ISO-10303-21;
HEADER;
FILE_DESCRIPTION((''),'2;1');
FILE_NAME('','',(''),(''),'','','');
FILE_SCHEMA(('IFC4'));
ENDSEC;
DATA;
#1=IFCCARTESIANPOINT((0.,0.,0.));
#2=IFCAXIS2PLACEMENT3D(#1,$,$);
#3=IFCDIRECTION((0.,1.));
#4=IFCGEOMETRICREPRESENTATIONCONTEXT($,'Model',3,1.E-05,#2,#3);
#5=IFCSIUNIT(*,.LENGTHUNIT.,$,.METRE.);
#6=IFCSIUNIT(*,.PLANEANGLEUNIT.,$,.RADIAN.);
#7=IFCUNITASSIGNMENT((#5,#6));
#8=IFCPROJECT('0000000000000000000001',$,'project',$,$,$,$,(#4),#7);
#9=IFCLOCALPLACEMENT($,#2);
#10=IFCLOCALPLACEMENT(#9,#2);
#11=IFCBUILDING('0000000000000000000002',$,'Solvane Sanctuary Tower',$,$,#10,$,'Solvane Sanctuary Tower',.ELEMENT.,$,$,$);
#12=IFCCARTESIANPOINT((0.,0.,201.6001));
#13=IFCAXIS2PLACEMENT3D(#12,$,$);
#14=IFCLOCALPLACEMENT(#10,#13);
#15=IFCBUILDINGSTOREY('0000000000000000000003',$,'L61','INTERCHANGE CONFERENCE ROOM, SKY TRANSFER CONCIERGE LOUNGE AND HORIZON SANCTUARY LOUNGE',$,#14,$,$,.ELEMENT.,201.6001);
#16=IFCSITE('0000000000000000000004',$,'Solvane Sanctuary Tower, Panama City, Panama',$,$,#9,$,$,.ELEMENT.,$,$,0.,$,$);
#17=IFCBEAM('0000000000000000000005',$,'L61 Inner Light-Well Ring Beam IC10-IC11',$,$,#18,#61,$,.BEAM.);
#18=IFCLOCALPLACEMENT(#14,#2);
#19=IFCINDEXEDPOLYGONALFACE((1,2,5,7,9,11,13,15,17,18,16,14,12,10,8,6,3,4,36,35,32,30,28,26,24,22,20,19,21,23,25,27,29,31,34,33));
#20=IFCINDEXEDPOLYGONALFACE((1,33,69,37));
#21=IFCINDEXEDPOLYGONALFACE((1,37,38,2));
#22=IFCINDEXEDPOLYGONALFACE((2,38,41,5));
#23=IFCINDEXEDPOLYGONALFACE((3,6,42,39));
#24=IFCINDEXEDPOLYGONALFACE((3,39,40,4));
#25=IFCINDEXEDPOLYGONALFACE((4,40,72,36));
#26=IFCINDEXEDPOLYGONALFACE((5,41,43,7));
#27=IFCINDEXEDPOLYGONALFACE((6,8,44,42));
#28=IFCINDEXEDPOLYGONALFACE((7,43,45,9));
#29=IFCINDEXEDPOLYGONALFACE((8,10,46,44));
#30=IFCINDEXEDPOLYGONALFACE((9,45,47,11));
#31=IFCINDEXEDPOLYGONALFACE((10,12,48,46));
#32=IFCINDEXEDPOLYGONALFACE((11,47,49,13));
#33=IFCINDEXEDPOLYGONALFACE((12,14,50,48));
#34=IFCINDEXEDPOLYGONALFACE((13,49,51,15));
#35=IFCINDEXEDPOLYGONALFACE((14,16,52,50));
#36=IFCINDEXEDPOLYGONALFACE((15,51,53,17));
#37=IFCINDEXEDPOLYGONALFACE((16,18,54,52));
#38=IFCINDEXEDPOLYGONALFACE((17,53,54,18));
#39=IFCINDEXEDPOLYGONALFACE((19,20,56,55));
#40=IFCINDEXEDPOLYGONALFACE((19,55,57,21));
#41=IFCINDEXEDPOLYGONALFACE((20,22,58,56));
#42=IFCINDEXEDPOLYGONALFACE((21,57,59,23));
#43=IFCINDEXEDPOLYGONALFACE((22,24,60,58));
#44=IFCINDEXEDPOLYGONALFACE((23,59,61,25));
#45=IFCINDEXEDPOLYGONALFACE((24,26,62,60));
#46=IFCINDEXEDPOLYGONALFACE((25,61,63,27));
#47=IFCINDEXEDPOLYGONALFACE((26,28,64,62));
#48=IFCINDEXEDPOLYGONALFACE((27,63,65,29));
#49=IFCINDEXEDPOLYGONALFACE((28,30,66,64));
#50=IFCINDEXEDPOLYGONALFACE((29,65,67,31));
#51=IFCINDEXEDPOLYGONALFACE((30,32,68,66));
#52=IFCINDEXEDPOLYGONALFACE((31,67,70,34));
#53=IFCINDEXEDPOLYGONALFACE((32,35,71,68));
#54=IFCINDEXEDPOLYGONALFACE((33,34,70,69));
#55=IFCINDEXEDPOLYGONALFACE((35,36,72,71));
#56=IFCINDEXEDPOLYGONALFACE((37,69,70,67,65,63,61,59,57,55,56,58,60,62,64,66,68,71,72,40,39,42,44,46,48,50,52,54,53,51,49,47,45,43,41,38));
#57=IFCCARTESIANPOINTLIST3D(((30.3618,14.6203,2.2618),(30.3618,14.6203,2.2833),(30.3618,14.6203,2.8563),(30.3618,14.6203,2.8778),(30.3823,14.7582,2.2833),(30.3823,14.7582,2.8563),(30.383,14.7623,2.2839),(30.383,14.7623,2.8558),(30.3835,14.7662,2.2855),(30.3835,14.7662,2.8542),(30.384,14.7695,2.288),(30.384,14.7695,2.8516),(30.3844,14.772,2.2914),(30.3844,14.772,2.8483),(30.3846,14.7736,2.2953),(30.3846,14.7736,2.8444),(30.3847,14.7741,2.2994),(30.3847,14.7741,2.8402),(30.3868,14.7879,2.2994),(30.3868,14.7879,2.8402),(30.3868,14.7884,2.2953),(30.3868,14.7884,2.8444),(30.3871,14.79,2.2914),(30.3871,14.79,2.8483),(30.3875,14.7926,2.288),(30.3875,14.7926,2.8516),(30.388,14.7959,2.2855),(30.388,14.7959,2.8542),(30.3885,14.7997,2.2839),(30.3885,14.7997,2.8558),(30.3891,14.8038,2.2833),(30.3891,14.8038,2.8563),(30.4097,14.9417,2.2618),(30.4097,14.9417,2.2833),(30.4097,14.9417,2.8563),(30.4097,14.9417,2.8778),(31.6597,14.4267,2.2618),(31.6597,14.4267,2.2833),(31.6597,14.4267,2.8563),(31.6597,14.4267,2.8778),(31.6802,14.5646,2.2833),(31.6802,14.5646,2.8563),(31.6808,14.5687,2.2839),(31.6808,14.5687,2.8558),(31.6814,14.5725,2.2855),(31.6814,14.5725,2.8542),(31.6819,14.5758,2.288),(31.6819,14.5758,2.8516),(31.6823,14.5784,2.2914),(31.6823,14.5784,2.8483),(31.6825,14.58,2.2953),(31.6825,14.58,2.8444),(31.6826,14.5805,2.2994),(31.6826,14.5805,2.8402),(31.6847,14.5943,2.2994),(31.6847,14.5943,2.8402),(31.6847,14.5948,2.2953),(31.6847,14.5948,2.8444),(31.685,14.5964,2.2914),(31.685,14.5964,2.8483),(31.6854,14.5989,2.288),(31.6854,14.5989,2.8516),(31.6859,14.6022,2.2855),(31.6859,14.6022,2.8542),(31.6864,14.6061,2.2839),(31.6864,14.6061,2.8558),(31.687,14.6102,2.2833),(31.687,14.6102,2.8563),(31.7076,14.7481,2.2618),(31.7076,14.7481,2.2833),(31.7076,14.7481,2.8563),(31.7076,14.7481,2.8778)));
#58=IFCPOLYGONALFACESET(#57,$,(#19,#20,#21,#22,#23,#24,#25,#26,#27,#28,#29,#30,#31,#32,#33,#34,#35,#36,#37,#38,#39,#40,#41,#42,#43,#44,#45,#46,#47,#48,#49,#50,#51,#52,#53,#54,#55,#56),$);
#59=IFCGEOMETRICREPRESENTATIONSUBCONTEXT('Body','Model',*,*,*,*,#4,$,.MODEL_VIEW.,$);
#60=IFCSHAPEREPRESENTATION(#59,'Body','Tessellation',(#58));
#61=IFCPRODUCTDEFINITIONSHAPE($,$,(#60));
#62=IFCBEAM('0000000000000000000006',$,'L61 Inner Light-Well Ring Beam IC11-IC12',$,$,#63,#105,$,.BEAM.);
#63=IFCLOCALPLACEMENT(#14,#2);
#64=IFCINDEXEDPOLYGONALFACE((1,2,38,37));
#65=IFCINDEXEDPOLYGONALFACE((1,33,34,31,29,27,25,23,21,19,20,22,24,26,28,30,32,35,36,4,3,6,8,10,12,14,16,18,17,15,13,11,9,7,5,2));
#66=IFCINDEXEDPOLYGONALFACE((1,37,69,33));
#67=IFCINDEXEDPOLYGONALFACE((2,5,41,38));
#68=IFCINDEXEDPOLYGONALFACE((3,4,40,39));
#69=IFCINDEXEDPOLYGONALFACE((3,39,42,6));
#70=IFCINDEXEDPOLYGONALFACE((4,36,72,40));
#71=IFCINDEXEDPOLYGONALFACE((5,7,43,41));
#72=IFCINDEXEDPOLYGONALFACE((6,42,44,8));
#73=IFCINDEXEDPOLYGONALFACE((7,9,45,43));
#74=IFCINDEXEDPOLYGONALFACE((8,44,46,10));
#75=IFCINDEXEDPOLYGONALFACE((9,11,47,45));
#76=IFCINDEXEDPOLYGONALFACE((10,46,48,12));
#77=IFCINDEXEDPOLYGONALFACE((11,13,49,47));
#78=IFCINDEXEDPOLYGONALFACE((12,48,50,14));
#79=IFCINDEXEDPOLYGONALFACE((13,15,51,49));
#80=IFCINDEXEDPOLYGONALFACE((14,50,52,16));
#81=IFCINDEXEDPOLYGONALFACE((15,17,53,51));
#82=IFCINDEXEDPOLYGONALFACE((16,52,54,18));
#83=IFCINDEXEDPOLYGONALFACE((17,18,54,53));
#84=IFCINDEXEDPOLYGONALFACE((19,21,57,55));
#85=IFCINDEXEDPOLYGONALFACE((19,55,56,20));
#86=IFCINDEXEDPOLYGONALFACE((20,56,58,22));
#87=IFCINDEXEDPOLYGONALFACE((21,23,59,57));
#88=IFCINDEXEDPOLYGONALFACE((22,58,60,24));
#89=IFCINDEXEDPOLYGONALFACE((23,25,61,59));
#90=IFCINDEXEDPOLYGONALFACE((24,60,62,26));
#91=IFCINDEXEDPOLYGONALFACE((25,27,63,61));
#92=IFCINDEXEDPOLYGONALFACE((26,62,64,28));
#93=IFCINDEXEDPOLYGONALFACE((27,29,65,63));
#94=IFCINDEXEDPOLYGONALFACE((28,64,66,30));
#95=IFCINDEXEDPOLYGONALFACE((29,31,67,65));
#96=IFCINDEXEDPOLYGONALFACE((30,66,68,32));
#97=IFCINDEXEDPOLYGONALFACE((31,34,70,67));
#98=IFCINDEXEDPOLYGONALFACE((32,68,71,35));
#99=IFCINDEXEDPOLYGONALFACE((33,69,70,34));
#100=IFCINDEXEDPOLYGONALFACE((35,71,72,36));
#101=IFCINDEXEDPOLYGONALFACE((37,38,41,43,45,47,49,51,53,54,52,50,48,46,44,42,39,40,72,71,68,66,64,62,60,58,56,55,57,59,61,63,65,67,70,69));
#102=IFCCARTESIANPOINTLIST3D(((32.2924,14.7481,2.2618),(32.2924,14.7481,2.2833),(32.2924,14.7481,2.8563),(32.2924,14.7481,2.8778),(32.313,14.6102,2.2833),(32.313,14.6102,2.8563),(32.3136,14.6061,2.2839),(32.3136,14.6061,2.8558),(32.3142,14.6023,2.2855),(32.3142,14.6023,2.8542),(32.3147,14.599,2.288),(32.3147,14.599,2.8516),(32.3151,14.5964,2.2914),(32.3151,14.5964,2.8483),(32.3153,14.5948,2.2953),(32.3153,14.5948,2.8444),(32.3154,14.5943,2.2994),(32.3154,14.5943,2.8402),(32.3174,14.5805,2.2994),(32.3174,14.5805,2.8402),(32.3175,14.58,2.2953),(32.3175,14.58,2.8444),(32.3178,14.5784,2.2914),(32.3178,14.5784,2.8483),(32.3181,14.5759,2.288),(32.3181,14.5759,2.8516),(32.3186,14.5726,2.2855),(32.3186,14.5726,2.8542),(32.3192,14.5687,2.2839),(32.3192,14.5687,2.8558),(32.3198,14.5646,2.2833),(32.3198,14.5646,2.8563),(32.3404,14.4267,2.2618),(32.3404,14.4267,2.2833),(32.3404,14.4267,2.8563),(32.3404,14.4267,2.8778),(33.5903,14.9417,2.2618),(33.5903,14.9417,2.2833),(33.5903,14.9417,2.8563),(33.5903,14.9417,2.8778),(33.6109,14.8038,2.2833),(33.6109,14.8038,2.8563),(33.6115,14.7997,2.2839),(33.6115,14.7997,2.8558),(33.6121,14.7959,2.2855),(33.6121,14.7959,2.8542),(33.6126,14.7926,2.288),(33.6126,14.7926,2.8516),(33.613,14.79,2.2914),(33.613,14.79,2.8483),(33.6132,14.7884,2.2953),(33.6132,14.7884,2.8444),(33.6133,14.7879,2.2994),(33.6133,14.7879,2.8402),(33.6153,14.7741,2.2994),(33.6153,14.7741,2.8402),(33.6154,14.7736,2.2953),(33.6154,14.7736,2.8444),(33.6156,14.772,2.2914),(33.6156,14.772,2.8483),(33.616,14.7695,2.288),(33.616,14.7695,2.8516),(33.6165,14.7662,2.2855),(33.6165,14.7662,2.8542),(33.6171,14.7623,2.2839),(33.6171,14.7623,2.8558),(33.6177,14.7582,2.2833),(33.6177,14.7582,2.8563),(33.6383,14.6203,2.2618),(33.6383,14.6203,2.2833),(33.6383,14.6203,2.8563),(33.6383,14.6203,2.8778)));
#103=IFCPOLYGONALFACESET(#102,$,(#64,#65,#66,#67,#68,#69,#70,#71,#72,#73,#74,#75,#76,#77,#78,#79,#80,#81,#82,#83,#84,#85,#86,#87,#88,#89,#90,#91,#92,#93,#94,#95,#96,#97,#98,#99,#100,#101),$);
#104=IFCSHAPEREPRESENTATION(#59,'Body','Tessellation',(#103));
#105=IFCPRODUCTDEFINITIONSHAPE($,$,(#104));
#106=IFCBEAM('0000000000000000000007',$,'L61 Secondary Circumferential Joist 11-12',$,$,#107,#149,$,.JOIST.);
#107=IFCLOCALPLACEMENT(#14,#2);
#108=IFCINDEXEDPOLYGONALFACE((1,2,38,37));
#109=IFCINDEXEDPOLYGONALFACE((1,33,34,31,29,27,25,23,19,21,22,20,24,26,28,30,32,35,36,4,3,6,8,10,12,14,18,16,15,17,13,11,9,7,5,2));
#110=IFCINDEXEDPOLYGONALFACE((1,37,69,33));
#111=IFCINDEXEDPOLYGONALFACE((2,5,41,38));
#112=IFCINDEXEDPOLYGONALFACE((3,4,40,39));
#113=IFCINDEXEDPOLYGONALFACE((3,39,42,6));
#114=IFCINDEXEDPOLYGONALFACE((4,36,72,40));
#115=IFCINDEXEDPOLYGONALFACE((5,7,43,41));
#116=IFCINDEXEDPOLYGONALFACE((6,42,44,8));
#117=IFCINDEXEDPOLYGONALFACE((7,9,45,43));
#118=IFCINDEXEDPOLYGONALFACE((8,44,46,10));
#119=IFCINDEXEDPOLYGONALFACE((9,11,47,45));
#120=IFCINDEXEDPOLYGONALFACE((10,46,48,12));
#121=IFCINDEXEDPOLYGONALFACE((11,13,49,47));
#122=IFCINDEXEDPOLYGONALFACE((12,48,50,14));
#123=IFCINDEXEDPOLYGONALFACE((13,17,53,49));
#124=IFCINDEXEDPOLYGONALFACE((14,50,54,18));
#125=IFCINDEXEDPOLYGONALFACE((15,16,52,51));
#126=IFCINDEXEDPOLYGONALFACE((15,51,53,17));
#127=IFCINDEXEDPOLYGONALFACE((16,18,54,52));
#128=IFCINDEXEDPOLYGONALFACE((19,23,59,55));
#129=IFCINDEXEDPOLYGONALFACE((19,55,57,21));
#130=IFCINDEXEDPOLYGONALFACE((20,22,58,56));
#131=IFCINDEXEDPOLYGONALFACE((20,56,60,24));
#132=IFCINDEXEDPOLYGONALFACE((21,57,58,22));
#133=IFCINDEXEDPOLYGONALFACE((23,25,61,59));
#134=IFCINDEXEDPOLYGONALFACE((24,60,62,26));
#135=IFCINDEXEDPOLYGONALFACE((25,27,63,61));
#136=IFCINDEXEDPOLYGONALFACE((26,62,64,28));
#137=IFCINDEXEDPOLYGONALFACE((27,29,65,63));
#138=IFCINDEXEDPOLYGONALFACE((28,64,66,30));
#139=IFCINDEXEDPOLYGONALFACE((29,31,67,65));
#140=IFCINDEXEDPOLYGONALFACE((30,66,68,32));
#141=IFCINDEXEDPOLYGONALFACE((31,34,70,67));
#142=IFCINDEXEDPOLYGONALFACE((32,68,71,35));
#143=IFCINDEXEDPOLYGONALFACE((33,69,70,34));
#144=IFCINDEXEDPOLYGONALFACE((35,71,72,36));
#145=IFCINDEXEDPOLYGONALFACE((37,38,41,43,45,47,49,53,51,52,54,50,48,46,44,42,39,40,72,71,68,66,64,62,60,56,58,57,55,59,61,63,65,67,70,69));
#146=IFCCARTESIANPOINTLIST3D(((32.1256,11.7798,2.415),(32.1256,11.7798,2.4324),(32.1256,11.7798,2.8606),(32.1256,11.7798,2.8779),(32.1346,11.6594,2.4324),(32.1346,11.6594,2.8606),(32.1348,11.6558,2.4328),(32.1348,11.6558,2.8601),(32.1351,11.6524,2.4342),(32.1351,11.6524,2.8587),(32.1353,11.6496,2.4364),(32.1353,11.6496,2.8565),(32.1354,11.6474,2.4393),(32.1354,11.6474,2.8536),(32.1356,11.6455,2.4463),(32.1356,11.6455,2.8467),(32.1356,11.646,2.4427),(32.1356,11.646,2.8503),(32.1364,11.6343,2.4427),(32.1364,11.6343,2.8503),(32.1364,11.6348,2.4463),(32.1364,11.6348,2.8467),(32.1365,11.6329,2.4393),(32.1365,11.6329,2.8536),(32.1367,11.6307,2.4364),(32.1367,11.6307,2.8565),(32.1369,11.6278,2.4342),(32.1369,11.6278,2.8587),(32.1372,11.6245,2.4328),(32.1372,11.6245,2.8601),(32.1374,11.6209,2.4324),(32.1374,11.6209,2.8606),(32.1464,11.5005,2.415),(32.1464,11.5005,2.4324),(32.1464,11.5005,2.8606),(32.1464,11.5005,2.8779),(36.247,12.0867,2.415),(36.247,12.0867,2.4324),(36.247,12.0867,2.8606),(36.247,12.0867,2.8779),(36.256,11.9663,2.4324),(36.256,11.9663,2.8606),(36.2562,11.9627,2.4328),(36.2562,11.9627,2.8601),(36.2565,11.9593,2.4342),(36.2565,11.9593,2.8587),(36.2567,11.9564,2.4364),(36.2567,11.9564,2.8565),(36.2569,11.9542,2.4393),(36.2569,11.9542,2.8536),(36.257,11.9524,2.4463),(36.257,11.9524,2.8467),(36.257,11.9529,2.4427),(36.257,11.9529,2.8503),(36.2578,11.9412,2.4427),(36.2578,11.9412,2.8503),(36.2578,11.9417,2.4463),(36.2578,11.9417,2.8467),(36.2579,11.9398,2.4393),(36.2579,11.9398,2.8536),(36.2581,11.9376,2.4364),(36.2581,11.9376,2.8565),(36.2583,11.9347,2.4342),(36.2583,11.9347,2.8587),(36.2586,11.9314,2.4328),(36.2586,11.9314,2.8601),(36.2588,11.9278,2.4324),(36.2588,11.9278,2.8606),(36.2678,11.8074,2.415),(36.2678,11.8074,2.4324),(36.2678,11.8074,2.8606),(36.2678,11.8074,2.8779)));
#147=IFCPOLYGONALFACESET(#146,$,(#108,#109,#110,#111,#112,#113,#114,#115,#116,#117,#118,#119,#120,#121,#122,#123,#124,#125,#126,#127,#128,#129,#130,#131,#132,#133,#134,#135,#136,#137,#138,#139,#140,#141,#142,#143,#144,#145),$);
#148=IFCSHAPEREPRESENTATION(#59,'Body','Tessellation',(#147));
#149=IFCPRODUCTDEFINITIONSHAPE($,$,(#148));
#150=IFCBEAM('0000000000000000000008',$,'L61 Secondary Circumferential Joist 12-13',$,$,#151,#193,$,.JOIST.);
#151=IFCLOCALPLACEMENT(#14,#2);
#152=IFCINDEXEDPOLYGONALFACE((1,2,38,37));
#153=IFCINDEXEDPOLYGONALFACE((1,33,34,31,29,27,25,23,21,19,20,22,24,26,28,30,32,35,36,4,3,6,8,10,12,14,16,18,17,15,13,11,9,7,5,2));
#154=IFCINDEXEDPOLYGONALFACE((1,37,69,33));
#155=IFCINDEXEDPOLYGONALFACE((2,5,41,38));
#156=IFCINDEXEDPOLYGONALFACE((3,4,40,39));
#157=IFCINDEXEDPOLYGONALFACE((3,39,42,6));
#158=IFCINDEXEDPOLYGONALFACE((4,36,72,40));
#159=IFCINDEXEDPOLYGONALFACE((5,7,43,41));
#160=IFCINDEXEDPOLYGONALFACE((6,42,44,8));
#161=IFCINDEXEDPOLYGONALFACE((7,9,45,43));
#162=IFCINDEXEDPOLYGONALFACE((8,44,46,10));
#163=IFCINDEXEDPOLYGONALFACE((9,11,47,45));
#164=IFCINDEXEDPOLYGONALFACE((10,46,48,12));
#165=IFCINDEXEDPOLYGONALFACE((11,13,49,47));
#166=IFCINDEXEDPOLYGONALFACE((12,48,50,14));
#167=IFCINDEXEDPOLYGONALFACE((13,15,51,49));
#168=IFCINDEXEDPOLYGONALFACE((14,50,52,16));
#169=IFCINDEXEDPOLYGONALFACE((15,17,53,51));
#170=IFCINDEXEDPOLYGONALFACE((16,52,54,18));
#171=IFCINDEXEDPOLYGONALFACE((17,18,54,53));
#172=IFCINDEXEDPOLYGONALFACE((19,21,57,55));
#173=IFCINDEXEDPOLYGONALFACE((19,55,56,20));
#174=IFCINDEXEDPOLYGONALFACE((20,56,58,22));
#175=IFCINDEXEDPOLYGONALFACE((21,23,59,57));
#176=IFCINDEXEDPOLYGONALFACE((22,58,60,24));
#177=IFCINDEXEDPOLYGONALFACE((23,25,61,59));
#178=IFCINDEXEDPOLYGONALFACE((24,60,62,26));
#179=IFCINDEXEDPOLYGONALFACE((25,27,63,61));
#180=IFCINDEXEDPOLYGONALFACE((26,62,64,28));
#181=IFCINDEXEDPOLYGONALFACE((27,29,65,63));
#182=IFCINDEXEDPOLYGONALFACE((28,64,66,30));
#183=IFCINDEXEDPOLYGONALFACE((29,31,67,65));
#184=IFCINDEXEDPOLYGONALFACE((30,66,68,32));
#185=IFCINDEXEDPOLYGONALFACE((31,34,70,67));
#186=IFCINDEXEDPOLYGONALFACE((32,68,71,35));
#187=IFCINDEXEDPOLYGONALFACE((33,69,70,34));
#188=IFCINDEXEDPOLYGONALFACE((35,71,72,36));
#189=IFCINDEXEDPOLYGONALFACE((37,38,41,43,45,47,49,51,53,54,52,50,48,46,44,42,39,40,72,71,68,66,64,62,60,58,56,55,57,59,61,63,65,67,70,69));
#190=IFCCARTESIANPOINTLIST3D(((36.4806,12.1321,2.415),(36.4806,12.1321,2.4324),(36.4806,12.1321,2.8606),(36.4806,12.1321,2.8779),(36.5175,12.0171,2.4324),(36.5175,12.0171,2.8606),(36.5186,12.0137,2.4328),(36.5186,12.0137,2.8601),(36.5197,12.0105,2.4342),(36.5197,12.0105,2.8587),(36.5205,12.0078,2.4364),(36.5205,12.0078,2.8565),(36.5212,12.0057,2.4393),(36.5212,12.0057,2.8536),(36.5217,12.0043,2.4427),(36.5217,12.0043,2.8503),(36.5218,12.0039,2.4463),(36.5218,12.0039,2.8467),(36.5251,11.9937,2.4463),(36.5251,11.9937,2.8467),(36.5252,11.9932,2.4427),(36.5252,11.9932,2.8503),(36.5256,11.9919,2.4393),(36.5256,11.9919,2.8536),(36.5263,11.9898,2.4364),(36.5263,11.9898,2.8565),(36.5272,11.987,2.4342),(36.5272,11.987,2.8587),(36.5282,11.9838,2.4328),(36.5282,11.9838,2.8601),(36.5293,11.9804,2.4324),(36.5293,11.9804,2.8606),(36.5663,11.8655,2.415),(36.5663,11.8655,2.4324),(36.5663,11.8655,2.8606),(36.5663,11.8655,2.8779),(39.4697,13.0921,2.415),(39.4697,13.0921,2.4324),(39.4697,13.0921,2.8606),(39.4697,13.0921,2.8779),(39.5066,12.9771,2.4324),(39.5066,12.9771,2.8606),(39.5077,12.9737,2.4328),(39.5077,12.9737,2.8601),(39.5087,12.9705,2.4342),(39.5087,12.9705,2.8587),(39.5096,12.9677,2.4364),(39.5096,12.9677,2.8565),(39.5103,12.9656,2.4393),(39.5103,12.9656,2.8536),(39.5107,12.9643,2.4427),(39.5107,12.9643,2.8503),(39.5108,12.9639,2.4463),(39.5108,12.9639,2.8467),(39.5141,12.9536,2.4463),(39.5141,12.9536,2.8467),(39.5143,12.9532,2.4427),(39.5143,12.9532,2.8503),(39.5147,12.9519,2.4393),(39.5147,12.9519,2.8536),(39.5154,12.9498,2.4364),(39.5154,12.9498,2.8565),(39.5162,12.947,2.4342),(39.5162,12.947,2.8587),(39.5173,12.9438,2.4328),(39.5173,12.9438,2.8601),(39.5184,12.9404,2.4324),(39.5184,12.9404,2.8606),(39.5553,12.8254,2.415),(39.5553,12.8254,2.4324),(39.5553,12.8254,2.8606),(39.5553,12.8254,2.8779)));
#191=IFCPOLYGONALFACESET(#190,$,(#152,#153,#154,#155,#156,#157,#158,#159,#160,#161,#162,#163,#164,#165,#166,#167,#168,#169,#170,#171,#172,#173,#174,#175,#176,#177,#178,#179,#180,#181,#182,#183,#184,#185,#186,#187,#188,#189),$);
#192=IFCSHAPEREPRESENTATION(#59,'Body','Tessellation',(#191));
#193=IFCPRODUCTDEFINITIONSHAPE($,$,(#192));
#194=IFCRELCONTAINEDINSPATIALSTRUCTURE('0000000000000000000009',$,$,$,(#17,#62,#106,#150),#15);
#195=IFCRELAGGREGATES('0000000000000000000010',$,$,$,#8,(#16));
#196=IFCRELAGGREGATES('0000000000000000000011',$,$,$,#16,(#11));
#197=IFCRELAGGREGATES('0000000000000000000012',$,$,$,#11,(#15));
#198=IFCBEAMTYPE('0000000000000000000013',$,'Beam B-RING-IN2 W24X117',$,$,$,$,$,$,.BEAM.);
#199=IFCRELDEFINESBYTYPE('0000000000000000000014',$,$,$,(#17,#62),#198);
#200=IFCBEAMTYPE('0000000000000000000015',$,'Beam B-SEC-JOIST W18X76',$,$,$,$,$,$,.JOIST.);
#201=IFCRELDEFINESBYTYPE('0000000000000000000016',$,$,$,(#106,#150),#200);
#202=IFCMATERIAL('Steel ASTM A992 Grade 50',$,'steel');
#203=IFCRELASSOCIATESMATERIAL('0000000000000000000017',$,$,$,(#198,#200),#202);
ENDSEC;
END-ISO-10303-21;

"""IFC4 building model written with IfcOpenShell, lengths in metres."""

from ifc_helpers import new_model, si_unit, direction, frame, origin, origin_2d, place, context, subcontext, project, spatial, i_section, extrude, material, material_profile, profile_set, type_object, element, save


model = new_model("IFC4")

# Units and contexts
model_context = context("Model", 3, precision=1e-05, world=origin(), true_north=direction((0.0, 1.0)))
body_context = subcontext(model_context, "Body", "Model", "MODEL_VIEW")
ifc_project = project(units=[si_unit("LENGTHUNIT", "METRE"), si_unit("PLANEANGLEUNIT", "RADIAN")], contexts=[model_context])

# Site, building, storey
site_placement = place(None, origin())
site = spatial("IfcSite", under=ifc_project, at=site_placement, Name="Solvane Sanctuary Tower, Panama City, Panama", CompositionType="ELEMENT", RefElevation=0.0)
building_placement = place(site_placement, origin())
building = spatial("IfcBuilding", under=site, at=building_placement, Name="Solvane Sanctuary Tower", LongName="Solvane Sanctuary Tower", CompositionType="ELEMENT")
storey_placement = place(building_placement, frame((0.0, 0.0, 201.6001)))
storey = spatial("IfcBuildingStorey", under=building, at=storey_placement, Name="L61", Description="INTERCHANGE CONFERENCE ROOM, SKY TRANSFER CONCIERGE LOUNGE AND HORIZON SANCTUARY LOUNGE", CompositionType="ELEMENT", Elevation=201.6001)

# Beams
ifc_material_1 = material(Name="Steel ASTM A992 Grade 50", Category="steel")
ifc_material_profile_1 = material_profile(ifc_material_1, i_section(OverallWidth=0.325, OverallDepth=0.616, WebThickness=0.0139, FlangeThickness=0.0215, FilletRadius=0.0161, at=origin_2d()), Name="W24X117")
ifc_profile_set_1 = profile_set([ifc_material_profile_1], Name="Steel ASTM A992 Grade 50")
beam_type_1 = type_object("IfcBeamType", Name="Beam B-RING-IN2 W24X117", PredefinedType="BEAM", material=ifc_profile_set_1)
for number, where, z_axis, x_axis, name in (
    (1, (30.3857, 14.781, 2.5698), (0.989056, -0.14754, 0.0), (0.14754, 0.989056, 0.0), "L61 Inner Light-Well Ring Beam IC10-IC11"),
    (2, (32.3164, 14.5874, 2.5698), (0.989056, 0.14754, 0.0), (-0.14754, 0.989056, 0.0), "L61 Inner Light-Well Ring Beam IC11-IC12"),
):
    element("IfcBeam", number, at=place(storey_placement, frame(where, z_axis=z_axis, x_axis=x_axis)), inside=storey, type_object=beam_type_1, Name=name, PredefinedType="BEAM", context=body_context, shape_type="SweptSolid", body=[
        extrude(i_section(OverallWidth=0.325, OverallDepth=0.616, WebThickness=0.0139, FlangeThickness=0.0215, FilletRadius=0.0161, at=origin_2d()), origin(), (0.0, 0.0, 1.0), 1.3123),
    ])
ifc_material_profile_2 = material_profile(ifc_material_1, i_section(OverallWidth=0.28, OverallDepth=0.4629, WebThickness=0.0107, FlangeThickness=0.0173, FilletRadius=0.0139, at=origin_2d()), Name="W18X76")
ifc_profile_set_2 = profile_set([ifc_material_profile_2], Name="Steel ASTM A992 Grade 50")
beam_type_2 = type_object("IfcBeamType", Name="Beam B-SEC-JOIST W18X76", PredefinedType="JOIST", material=ifc_profile_set_2)
beam_1_placement = place(storey_placement, frame((32.136, 11.6401, 2.6465), z_axis=(0.997239, 0.074257, 0.0), x_axis=(-0.074257, 0.997239, 0.0)))
element("IfcBeam", 3, at=beam_1_placement, inside=storey, type_object=beam_type_2, Name="L61 Secondary Circumferential Joist 11-12", PredefinedType="JOIST", context=body_context, shape_type="SweptSolid", body=[
    extrude(i_section(OverallWidth=0.28, OverallDepth=0.4629, WebThickness=0.0107, FlangeThickness=0.0173, FilletRadius=0.0139, at=origin_2d()), origin(), (0.0, 0.0, 1.0), 4.1328),
])
beam_2_placement = place(storey_placement, frame((36.5234, 11.9988, 2.6465), z_axis=(0.952102, 0.30578, 0.0), x_axis=(-0.30578, 0.952102, 0.0)))
element("IfcBeam", 4, at=beam_2_placement, inside=storey, type_object=beam_type_2, Name="L61 Secondary Circumferential Joist 12-13", PredefinedType="JOIST", context=body_context, shape_type="SweptSolid", body=[
    extrude(i_section(OverallWidth=0.28, OverallDepth=0.4629, WebThickness=0.0107, FlangeThickness=0.0173, FilletRadius=0.0139, at=origin_2d()), origin(), (0.0, 0.0, 1.0), 3.1394),
])

save(model, "model.ifc")
